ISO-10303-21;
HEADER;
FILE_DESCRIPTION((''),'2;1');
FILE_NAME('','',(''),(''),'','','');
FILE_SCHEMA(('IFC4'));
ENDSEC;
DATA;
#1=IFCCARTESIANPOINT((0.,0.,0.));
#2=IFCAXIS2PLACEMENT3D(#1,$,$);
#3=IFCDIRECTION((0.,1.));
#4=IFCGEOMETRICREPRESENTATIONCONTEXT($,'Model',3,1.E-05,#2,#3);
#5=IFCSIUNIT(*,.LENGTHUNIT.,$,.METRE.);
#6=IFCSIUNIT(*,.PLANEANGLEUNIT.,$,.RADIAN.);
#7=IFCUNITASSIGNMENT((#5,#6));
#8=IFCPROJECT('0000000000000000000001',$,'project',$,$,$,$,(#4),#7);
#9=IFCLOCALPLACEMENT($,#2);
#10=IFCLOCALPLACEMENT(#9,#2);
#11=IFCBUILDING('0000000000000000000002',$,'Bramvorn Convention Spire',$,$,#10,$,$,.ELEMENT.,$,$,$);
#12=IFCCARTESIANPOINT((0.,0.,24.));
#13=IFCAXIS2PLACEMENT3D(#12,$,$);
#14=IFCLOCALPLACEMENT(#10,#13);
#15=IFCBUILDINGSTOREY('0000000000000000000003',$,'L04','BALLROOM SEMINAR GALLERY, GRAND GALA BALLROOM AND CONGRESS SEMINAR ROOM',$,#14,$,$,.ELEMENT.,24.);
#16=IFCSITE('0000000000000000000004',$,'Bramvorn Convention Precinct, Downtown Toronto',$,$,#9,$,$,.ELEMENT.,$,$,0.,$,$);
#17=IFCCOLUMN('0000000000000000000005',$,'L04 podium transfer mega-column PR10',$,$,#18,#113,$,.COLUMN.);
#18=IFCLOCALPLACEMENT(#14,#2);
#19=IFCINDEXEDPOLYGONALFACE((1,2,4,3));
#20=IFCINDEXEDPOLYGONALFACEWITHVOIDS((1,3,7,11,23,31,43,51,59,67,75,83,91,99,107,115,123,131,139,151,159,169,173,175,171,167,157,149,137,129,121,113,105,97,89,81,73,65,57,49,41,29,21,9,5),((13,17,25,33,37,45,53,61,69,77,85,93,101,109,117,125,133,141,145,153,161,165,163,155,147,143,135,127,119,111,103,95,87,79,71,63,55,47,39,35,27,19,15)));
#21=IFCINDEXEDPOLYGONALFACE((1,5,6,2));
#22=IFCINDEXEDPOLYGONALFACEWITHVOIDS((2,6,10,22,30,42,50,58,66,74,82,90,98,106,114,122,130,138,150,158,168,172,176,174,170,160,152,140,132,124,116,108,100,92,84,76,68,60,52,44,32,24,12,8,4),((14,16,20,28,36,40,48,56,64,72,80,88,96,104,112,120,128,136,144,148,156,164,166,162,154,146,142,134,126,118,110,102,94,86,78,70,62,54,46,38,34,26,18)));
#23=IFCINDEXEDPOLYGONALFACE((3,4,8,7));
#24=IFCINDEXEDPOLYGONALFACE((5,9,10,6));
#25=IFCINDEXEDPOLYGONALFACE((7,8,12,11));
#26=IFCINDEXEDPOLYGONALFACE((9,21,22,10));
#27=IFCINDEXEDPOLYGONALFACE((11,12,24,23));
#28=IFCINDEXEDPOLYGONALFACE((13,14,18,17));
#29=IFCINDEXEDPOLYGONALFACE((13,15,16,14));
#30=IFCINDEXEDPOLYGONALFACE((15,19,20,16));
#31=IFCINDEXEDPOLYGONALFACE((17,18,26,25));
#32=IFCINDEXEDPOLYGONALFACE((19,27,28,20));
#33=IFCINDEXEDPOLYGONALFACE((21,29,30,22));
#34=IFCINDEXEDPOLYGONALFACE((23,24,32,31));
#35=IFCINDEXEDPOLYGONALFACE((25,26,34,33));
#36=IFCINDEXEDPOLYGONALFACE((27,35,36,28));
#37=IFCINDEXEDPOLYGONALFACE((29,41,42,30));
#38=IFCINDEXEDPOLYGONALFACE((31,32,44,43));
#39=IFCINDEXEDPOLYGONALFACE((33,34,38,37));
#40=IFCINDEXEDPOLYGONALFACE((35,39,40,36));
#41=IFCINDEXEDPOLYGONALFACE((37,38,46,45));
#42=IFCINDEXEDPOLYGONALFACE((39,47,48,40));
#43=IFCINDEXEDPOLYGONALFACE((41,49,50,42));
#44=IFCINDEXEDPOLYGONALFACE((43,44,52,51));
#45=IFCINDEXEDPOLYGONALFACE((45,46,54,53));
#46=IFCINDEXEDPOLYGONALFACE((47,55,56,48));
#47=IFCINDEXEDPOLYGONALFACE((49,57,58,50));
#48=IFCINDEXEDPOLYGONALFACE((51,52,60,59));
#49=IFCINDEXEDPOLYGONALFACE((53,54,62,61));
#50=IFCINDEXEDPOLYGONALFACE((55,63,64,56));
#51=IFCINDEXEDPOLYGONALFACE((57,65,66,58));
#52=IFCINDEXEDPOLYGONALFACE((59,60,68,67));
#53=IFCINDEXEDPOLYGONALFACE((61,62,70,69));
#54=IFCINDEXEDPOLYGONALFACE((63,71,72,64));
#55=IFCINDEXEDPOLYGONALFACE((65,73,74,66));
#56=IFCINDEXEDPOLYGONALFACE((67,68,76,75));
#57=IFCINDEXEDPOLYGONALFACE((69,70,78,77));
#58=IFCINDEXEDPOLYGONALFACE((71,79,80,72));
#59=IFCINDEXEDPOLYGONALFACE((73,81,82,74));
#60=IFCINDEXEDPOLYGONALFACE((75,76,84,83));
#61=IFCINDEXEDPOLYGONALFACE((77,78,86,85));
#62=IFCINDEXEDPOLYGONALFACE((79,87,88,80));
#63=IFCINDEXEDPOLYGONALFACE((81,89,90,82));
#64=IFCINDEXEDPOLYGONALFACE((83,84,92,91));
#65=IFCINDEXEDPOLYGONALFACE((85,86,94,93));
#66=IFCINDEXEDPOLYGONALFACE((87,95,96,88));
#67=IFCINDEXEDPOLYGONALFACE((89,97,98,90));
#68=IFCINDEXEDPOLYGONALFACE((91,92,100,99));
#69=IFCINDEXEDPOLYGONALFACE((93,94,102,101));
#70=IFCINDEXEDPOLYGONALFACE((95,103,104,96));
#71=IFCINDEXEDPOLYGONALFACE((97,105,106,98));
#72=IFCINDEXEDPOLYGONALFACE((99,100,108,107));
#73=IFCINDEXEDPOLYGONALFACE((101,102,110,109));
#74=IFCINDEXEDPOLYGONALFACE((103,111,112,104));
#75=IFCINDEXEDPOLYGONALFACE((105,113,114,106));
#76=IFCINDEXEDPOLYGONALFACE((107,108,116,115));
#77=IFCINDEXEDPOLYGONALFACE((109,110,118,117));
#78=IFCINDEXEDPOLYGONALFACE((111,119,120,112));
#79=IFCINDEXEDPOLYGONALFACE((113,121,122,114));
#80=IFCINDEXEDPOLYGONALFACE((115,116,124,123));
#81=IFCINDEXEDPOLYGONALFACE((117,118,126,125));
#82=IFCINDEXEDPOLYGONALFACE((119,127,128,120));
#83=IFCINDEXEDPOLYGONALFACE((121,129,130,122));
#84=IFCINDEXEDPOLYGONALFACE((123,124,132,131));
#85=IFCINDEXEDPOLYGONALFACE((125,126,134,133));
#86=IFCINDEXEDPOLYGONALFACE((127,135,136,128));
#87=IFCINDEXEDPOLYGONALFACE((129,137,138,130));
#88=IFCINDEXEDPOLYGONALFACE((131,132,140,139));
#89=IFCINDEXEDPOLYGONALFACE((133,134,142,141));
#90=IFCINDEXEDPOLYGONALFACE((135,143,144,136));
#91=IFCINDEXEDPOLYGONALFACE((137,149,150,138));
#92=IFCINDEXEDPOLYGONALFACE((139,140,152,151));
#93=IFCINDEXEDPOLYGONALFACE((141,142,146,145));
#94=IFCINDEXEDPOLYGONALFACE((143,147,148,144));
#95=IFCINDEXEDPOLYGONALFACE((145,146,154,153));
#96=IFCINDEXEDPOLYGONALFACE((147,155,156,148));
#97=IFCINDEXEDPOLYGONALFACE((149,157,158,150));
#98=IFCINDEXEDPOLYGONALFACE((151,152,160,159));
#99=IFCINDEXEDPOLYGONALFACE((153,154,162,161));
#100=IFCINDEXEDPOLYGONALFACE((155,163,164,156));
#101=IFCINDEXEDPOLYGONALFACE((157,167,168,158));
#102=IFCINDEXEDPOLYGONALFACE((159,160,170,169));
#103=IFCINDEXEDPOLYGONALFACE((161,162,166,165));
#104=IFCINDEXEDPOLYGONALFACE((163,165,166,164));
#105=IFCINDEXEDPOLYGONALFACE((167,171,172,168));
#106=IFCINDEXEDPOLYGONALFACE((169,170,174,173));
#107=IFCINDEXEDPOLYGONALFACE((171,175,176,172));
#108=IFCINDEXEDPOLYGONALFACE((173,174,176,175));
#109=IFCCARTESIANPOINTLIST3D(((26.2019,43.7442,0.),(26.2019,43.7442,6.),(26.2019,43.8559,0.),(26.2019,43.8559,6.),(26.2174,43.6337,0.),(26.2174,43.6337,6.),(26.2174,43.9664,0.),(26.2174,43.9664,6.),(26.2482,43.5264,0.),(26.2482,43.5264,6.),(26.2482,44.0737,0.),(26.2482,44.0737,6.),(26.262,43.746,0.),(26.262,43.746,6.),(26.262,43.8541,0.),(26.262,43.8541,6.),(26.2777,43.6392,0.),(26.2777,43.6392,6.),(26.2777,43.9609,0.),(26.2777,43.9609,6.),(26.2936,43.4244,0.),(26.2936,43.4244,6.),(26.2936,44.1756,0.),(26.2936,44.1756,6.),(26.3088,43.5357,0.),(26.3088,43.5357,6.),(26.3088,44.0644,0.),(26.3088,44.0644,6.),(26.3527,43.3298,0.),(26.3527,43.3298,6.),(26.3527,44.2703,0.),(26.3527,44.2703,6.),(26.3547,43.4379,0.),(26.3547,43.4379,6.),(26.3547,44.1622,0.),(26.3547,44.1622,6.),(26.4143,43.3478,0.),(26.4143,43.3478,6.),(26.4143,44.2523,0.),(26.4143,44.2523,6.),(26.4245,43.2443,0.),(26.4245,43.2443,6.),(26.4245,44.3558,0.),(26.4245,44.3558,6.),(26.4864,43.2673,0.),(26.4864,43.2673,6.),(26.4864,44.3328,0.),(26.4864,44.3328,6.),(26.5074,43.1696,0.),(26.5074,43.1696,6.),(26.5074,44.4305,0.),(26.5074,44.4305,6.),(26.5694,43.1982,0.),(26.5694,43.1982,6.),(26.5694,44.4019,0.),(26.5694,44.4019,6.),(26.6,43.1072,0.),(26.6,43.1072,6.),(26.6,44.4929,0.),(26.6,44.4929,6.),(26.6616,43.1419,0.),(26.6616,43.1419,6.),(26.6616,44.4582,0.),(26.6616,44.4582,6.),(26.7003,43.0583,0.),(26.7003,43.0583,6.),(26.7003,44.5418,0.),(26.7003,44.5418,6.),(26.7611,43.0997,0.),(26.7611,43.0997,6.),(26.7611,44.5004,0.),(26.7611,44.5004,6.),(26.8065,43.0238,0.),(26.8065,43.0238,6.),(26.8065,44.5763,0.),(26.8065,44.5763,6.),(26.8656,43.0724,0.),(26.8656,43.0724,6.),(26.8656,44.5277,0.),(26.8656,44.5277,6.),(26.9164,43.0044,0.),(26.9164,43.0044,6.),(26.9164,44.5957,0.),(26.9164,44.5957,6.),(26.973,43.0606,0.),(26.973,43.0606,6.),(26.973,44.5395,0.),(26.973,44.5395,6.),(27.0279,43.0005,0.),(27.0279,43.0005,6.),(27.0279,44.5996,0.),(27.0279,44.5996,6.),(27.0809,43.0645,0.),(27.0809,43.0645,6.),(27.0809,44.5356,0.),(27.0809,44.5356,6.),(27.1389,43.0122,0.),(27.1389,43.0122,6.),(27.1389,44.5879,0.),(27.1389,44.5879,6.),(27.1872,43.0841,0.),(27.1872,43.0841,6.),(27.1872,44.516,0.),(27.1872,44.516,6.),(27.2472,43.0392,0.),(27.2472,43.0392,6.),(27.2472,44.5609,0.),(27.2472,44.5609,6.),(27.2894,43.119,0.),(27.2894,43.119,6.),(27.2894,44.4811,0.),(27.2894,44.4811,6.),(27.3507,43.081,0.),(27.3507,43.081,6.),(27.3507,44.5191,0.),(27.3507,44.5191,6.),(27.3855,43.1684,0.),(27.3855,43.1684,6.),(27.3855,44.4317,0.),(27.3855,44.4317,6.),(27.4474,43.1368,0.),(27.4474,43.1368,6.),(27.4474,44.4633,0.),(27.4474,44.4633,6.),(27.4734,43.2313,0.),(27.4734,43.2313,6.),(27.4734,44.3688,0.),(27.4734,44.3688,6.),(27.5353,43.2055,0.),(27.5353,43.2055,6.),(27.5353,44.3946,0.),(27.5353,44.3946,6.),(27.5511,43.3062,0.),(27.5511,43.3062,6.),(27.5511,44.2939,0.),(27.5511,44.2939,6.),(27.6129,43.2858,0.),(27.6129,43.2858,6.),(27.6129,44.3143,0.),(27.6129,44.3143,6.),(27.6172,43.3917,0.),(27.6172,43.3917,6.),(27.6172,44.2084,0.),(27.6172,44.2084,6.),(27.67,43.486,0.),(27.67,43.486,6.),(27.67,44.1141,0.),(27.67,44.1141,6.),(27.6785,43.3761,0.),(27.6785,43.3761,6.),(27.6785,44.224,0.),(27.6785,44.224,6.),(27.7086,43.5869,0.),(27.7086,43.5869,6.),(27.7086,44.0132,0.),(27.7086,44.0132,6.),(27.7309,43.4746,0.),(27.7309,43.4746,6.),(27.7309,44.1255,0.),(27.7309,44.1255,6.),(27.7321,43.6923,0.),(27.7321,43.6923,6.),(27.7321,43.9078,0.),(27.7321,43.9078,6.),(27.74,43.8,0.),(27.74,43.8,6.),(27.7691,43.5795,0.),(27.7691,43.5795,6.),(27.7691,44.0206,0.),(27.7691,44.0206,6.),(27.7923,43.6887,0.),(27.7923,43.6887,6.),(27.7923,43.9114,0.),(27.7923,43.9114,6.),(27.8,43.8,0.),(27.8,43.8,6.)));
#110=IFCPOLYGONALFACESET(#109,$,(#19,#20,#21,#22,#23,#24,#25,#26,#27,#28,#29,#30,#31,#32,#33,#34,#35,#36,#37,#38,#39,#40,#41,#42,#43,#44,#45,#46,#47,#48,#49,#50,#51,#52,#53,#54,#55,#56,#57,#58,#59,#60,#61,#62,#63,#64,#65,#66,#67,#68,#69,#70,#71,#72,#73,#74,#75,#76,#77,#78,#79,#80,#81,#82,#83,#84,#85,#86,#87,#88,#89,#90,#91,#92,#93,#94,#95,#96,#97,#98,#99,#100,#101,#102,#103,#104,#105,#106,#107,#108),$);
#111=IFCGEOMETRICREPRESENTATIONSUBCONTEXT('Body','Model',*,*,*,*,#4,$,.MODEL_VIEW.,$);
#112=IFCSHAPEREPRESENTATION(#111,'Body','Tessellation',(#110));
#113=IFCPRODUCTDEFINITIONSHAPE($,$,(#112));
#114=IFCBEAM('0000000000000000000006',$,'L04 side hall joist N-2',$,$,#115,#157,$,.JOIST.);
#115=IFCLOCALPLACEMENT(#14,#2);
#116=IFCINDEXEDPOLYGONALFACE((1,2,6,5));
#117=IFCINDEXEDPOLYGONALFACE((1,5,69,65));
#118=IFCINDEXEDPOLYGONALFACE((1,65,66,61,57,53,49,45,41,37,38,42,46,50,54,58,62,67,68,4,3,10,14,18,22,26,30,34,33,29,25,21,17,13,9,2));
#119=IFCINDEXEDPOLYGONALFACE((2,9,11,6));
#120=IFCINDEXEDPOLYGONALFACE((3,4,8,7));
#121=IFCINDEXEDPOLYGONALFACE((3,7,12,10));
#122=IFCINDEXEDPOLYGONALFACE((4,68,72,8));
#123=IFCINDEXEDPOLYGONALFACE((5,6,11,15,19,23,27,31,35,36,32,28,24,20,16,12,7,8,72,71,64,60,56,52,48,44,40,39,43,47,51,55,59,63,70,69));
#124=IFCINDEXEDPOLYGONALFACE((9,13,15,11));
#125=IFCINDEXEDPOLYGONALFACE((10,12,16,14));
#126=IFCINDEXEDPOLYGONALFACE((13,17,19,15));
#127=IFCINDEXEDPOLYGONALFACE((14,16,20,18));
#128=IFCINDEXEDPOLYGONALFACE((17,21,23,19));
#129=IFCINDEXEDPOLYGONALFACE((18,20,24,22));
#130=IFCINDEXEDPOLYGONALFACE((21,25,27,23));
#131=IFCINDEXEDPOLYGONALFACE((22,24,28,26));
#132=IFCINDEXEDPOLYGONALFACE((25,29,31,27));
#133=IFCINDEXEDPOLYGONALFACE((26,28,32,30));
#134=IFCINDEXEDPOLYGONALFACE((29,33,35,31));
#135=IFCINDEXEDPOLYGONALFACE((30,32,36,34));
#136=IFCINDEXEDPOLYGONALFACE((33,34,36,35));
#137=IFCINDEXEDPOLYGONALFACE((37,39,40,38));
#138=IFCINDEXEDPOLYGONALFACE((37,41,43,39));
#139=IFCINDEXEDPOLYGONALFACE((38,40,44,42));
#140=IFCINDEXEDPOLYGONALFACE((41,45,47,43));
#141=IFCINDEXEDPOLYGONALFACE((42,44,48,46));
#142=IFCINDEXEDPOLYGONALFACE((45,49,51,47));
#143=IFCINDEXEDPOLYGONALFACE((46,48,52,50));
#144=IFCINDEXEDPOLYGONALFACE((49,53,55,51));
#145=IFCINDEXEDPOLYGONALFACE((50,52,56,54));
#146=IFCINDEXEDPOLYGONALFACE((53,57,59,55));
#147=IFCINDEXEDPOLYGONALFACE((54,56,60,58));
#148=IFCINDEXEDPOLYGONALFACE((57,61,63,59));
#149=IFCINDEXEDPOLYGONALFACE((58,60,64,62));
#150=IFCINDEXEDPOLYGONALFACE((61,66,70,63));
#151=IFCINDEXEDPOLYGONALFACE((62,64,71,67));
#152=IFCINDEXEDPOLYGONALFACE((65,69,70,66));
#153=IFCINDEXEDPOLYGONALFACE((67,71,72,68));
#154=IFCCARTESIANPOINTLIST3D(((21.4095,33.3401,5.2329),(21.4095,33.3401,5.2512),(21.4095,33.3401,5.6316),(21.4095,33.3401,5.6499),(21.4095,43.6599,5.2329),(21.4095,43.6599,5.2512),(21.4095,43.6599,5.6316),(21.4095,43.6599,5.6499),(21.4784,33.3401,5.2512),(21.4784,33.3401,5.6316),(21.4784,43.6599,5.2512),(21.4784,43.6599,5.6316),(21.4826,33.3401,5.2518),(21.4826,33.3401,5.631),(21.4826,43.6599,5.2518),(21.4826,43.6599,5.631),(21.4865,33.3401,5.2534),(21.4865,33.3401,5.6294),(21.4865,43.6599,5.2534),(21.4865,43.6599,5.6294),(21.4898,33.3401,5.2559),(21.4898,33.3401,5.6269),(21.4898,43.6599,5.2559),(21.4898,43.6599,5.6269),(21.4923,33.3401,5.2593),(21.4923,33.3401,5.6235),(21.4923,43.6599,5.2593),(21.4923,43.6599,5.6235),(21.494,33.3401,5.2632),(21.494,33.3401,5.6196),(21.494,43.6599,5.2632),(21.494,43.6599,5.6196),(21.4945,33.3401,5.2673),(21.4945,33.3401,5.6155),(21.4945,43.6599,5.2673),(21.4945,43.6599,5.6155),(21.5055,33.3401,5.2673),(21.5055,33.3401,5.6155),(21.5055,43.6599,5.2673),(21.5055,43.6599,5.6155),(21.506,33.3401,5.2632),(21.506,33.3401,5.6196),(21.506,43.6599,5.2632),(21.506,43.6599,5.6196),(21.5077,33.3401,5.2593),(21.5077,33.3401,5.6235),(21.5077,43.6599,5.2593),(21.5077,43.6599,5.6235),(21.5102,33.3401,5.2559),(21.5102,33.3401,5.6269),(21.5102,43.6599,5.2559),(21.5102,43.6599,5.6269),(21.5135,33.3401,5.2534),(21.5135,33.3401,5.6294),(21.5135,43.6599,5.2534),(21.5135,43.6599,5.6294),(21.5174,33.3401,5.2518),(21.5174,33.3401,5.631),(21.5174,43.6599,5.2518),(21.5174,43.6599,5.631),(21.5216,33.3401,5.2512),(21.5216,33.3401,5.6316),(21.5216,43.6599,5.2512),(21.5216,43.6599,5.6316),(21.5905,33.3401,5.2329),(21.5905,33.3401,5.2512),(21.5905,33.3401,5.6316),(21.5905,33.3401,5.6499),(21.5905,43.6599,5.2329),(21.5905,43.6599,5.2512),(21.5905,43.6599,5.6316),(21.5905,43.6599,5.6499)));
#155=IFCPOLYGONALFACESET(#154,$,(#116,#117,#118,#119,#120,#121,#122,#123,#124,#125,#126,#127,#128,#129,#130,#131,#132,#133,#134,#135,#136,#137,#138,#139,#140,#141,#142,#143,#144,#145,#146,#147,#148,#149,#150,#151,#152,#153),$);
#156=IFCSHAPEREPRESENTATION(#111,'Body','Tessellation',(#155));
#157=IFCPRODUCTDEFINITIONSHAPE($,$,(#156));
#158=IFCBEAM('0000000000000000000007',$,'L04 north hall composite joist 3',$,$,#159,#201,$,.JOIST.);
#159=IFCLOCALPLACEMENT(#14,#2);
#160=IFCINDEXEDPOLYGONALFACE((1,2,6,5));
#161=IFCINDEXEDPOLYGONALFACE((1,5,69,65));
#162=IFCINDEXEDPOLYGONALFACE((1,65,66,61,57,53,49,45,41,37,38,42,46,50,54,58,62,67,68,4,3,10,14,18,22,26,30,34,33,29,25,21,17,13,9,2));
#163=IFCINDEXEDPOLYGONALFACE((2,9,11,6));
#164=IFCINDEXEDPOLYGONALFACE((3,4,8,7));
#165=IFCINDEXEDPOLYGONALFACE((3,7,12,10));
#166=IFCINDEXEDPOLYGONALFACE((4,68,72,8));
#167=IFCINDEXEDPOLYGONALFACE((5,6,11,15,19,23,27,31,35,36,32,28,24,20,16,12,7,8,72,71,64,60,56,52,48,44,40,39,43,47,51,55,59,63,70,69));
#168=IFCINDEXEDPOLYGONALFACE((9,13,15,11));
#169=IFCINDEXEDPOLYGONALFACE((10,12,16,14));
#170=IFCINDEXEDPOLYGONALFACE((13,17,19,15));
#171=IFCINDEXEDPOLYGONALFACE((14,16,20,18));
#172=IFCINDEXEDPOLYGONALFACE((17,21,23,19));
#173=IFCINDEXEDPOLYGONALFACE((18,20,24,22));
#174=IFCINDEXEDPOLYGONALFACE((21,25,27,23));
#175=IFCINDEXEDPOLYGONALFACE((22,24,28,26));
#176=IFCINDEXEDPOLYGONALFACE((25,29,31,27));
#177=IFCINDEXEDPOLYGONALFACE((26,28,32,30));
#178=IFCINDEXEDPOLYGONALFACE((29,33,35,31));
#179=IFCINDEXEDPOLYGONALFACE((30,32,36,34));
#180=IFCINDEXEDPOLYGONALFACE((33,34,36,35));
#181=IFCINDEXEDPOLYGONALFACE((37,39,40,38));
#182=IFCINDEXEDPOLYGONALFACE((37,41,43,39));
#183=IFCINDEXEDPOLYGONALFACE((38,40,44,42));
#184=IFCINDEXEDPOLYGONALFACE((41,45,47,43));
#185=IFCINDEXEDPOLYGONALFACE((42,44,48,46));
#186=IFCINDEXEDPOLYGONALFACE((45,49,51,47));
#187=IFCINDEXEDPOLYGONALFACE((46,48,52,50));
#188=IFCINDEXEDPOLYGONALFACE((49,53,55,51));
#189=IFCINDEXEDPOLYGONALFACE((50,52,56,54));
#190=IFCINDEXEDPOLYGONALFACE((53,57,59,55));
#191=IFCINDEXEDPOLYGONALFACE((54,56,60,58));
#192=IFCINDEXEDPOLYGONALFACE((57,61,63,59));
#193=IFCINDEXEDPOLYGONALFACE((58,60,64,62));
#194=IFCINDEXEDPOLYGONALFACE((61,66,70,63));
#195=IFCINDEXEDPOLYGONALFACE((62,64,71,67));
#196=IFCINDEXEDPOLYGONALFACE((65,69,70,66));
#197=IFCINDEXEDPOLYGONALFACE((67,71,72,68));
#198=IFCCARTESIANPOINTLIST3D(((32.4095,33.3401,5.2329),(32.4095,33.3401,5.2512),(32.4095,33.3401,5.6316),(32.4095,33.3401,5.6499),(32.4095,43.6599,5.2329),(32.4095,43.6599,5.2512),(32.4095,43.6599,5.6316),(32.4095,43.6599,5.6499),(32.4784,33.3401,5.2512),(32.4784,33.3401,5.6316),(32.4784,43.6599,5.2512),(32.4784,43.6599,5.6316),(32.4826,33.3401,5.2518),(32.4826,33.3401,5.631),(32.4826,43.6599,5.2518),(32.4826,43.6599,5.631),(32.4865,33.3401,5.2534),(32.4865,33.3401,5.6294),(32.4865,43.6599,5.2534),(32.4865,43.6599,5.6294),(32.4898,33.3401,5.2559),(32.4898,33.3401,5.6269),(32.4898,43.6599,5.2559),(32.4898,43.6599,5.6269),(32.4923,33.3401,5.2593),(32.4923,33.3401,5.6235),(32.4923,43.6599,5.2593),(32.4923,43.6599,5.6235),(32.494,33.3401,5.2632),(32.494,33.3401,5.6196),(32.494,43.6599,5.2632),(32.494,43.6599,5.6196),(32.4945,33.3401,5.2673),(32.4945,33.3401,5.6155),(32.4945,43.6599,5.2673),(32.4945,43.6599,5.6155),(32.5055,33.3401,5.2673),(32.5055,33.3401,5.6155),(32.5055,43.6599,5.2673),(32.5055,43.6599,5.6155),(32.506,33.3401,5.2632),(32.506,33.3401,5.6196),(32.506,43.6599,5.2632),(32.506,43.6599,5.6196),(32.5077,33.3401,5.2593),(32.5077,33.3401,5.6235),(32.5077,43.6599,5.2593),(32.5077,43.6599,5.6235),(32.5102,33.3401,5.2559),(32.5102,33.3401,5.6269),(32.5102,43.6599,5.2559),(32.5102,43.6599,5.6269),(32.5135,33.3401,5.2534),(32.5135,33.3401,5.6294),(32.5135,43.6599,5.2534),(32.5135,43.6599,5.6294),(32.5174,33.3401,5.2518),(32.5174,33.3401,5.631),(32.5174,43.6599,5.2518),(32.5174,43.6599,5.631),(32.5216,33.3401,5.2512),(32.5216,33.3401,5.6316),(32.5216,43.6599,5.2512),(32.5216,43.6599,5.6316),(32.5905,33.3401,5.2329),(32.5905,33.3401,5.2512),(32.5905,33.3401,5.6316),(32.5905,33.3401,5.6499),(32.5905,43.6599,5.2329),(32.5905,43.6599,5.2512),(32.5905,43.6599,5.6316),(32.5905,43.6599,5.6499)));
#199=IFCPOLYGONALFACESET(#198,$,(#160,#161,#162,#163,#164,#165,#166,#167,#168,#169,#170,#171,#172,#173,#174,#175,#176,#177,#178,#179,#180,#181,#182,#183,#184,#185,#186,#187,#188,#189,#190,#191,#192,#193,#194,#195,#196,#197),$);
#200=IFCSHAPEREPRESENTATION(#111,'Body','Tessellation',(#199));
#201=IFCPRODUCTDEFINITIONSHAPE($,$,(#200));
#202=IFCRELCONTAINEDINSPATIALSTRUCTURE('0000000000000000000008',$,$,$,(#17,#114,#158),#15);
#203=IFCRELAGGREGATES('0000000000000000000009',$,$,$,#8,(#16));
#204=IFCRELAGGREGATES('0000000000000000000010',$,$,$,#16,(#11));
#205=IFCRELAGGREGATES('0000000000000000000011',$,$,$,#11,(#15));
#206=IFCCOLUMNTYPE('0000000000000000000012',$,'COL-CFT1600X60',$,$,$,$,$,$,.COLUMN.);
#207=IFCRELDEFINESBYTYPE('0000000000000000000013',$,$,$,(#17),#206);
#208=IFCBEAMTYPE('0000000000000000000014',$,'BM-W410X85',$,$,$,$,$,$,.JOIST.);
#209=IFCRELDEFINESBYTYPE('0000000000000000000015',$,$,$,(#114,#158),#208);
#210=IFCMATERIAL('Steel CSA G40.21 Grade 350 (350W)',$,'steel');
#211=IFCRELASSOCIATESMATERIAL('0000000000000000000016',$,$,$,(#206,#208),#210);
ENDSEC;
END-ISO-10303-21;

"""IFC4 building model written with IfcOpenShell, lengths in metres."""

from ifc_helpers import new_model, si_unit, direction, frame, origin, origin_2d, place, context, subcontext, project, spatial, hollow_circle, i_section, extrude, material, material_profile, profile_set, type_object, element, save


model = new_model("IFC4")

# Units and contexts
model_context = context("Model", 3, precision=1e-05, world=origin(), true_north=direction((0.0, 1.0)))
body_context = subcontext(model_context, "Body", "Model", "MODEL_VIEW")
ifc_project = project(units=[si_unit("LENGTHUNIT", "METRE"), si_unit("PLANEANGLEUNIT", "RADIAN")], contexts=[model_context])

# Site, building, storey
site_placement = place(None, origin())
site = spatial("IfcSite", under=ifc_project, at=site_placement, Name="Bramvorn Convention Precinct, Downtown Toronto", CompositionType="ELEMENT", RefElevation=0.0)
building_placement = place(site_placement, origin())
building = spatial("IfcBuilding", under=site, at=building_placement, Name="Bramvorn Convention Spire", CompositionType="ELEMENT")
storey_placement = place(building_placement, frame((0.0, 0.0, 24.0)))
storey = spatial("IfcBuildingStorey", under=building, at=storey_placement, Name="L04", Description="BALLROOM SEMINAR GALLERY, GRAND GALA BALLROOM AND CONGRESS SEMINAR ROOM", CompositionType="ELEMENT", Elevation=24.0)

# Column
ifc_material_1 = material(Name="Steel CSA G40.21 Grade 350 (350W)", Category="steel")
ifc_material_profile_1 = material_profile(ifc_material_1, hollow_circle(Radius=0.8, WallThickness=0.0601, at=origin_2d()))
ifc_profile_set_1 = profile_set([ifc_material_profile_1], Name="Steel CSA G40.21 Grade 350 (350W) - CFT1600X60")
column_type = type_object("IfcColumnType", Name="COL-CFT1600X60", PredefinedType="COLUMN", material=ifc_profile_set_1)
column_placement = place(storey_placement, frame((27.0, 43.8, 0.0), z_axis=(0.0, 0.0, 1.0), x_axis=(1.0, 0.0, 0.0)))
element("IfcColumn", 1, at=column_placement, inside=storey, type_object=column_type, Name="L04 podium transfer mega-column PR10", PredefinedType="COLUMN", context=body_context, shape_type="SweptSolid", body=[
    extrude(hollow_circle(Radius=0.8, WallThickness=0.0601, at=origin_2d()), origin(), (0.0, 0.0, 1.0), 6.0),
])

# Beams
ifc_material_profile_2 = material_profile(ifc_material_1, i_section(OverallWidth=0.1809, OverallDepth=0.417, WebThickness=0.011, FlangeThickness=0.0183, FilletRadius=0.0161, at=origin_2d()))
ifc_profile_set_2 = profile_set([ifc_material_profile_2], Name="Steel CSA G40.21 Grade 350 (350W) - W410X85")
beam_type_1 = type_object("IfcBeamType", Name="BM-W410X85", PredefinedType="JOIST", material=ifc_profile_set_2)
for number, where, z_axis, x_axis, name in (
    (2, (21.5, 33.3401, 5.4414), (0.0, 1.0, 0.0), (-1.0, 0.0, 0.0), "L04 side hall joist N-2"),
    (3, (32.5, 33.3401, 5.4414), (0.0, 1.0, 0.0), (-1.0, 0.0, 0.0), "L04 north hall composite joist 3"),
):
    element("IfcBeam", number, at=place(storey_placement, frame(where, z_axis=z_axis, x_axis=x_axis)), inside=storey, type_object=beam_type_1, Name=name, PredefinedType="JOIST", context=body_context, shape_type="SweptSolid", body=[
        extrude(i_section(OverallWidth=0.1809, OverallDepth=0.417, WebThickness=0.011, FlangeThickness=0.0183, FilletRadius=0.0161, at=origin_2d()), origin(), (0.0, 0.0, 1.0), 10.3198),
    ])

save(model, "model.ifc")
